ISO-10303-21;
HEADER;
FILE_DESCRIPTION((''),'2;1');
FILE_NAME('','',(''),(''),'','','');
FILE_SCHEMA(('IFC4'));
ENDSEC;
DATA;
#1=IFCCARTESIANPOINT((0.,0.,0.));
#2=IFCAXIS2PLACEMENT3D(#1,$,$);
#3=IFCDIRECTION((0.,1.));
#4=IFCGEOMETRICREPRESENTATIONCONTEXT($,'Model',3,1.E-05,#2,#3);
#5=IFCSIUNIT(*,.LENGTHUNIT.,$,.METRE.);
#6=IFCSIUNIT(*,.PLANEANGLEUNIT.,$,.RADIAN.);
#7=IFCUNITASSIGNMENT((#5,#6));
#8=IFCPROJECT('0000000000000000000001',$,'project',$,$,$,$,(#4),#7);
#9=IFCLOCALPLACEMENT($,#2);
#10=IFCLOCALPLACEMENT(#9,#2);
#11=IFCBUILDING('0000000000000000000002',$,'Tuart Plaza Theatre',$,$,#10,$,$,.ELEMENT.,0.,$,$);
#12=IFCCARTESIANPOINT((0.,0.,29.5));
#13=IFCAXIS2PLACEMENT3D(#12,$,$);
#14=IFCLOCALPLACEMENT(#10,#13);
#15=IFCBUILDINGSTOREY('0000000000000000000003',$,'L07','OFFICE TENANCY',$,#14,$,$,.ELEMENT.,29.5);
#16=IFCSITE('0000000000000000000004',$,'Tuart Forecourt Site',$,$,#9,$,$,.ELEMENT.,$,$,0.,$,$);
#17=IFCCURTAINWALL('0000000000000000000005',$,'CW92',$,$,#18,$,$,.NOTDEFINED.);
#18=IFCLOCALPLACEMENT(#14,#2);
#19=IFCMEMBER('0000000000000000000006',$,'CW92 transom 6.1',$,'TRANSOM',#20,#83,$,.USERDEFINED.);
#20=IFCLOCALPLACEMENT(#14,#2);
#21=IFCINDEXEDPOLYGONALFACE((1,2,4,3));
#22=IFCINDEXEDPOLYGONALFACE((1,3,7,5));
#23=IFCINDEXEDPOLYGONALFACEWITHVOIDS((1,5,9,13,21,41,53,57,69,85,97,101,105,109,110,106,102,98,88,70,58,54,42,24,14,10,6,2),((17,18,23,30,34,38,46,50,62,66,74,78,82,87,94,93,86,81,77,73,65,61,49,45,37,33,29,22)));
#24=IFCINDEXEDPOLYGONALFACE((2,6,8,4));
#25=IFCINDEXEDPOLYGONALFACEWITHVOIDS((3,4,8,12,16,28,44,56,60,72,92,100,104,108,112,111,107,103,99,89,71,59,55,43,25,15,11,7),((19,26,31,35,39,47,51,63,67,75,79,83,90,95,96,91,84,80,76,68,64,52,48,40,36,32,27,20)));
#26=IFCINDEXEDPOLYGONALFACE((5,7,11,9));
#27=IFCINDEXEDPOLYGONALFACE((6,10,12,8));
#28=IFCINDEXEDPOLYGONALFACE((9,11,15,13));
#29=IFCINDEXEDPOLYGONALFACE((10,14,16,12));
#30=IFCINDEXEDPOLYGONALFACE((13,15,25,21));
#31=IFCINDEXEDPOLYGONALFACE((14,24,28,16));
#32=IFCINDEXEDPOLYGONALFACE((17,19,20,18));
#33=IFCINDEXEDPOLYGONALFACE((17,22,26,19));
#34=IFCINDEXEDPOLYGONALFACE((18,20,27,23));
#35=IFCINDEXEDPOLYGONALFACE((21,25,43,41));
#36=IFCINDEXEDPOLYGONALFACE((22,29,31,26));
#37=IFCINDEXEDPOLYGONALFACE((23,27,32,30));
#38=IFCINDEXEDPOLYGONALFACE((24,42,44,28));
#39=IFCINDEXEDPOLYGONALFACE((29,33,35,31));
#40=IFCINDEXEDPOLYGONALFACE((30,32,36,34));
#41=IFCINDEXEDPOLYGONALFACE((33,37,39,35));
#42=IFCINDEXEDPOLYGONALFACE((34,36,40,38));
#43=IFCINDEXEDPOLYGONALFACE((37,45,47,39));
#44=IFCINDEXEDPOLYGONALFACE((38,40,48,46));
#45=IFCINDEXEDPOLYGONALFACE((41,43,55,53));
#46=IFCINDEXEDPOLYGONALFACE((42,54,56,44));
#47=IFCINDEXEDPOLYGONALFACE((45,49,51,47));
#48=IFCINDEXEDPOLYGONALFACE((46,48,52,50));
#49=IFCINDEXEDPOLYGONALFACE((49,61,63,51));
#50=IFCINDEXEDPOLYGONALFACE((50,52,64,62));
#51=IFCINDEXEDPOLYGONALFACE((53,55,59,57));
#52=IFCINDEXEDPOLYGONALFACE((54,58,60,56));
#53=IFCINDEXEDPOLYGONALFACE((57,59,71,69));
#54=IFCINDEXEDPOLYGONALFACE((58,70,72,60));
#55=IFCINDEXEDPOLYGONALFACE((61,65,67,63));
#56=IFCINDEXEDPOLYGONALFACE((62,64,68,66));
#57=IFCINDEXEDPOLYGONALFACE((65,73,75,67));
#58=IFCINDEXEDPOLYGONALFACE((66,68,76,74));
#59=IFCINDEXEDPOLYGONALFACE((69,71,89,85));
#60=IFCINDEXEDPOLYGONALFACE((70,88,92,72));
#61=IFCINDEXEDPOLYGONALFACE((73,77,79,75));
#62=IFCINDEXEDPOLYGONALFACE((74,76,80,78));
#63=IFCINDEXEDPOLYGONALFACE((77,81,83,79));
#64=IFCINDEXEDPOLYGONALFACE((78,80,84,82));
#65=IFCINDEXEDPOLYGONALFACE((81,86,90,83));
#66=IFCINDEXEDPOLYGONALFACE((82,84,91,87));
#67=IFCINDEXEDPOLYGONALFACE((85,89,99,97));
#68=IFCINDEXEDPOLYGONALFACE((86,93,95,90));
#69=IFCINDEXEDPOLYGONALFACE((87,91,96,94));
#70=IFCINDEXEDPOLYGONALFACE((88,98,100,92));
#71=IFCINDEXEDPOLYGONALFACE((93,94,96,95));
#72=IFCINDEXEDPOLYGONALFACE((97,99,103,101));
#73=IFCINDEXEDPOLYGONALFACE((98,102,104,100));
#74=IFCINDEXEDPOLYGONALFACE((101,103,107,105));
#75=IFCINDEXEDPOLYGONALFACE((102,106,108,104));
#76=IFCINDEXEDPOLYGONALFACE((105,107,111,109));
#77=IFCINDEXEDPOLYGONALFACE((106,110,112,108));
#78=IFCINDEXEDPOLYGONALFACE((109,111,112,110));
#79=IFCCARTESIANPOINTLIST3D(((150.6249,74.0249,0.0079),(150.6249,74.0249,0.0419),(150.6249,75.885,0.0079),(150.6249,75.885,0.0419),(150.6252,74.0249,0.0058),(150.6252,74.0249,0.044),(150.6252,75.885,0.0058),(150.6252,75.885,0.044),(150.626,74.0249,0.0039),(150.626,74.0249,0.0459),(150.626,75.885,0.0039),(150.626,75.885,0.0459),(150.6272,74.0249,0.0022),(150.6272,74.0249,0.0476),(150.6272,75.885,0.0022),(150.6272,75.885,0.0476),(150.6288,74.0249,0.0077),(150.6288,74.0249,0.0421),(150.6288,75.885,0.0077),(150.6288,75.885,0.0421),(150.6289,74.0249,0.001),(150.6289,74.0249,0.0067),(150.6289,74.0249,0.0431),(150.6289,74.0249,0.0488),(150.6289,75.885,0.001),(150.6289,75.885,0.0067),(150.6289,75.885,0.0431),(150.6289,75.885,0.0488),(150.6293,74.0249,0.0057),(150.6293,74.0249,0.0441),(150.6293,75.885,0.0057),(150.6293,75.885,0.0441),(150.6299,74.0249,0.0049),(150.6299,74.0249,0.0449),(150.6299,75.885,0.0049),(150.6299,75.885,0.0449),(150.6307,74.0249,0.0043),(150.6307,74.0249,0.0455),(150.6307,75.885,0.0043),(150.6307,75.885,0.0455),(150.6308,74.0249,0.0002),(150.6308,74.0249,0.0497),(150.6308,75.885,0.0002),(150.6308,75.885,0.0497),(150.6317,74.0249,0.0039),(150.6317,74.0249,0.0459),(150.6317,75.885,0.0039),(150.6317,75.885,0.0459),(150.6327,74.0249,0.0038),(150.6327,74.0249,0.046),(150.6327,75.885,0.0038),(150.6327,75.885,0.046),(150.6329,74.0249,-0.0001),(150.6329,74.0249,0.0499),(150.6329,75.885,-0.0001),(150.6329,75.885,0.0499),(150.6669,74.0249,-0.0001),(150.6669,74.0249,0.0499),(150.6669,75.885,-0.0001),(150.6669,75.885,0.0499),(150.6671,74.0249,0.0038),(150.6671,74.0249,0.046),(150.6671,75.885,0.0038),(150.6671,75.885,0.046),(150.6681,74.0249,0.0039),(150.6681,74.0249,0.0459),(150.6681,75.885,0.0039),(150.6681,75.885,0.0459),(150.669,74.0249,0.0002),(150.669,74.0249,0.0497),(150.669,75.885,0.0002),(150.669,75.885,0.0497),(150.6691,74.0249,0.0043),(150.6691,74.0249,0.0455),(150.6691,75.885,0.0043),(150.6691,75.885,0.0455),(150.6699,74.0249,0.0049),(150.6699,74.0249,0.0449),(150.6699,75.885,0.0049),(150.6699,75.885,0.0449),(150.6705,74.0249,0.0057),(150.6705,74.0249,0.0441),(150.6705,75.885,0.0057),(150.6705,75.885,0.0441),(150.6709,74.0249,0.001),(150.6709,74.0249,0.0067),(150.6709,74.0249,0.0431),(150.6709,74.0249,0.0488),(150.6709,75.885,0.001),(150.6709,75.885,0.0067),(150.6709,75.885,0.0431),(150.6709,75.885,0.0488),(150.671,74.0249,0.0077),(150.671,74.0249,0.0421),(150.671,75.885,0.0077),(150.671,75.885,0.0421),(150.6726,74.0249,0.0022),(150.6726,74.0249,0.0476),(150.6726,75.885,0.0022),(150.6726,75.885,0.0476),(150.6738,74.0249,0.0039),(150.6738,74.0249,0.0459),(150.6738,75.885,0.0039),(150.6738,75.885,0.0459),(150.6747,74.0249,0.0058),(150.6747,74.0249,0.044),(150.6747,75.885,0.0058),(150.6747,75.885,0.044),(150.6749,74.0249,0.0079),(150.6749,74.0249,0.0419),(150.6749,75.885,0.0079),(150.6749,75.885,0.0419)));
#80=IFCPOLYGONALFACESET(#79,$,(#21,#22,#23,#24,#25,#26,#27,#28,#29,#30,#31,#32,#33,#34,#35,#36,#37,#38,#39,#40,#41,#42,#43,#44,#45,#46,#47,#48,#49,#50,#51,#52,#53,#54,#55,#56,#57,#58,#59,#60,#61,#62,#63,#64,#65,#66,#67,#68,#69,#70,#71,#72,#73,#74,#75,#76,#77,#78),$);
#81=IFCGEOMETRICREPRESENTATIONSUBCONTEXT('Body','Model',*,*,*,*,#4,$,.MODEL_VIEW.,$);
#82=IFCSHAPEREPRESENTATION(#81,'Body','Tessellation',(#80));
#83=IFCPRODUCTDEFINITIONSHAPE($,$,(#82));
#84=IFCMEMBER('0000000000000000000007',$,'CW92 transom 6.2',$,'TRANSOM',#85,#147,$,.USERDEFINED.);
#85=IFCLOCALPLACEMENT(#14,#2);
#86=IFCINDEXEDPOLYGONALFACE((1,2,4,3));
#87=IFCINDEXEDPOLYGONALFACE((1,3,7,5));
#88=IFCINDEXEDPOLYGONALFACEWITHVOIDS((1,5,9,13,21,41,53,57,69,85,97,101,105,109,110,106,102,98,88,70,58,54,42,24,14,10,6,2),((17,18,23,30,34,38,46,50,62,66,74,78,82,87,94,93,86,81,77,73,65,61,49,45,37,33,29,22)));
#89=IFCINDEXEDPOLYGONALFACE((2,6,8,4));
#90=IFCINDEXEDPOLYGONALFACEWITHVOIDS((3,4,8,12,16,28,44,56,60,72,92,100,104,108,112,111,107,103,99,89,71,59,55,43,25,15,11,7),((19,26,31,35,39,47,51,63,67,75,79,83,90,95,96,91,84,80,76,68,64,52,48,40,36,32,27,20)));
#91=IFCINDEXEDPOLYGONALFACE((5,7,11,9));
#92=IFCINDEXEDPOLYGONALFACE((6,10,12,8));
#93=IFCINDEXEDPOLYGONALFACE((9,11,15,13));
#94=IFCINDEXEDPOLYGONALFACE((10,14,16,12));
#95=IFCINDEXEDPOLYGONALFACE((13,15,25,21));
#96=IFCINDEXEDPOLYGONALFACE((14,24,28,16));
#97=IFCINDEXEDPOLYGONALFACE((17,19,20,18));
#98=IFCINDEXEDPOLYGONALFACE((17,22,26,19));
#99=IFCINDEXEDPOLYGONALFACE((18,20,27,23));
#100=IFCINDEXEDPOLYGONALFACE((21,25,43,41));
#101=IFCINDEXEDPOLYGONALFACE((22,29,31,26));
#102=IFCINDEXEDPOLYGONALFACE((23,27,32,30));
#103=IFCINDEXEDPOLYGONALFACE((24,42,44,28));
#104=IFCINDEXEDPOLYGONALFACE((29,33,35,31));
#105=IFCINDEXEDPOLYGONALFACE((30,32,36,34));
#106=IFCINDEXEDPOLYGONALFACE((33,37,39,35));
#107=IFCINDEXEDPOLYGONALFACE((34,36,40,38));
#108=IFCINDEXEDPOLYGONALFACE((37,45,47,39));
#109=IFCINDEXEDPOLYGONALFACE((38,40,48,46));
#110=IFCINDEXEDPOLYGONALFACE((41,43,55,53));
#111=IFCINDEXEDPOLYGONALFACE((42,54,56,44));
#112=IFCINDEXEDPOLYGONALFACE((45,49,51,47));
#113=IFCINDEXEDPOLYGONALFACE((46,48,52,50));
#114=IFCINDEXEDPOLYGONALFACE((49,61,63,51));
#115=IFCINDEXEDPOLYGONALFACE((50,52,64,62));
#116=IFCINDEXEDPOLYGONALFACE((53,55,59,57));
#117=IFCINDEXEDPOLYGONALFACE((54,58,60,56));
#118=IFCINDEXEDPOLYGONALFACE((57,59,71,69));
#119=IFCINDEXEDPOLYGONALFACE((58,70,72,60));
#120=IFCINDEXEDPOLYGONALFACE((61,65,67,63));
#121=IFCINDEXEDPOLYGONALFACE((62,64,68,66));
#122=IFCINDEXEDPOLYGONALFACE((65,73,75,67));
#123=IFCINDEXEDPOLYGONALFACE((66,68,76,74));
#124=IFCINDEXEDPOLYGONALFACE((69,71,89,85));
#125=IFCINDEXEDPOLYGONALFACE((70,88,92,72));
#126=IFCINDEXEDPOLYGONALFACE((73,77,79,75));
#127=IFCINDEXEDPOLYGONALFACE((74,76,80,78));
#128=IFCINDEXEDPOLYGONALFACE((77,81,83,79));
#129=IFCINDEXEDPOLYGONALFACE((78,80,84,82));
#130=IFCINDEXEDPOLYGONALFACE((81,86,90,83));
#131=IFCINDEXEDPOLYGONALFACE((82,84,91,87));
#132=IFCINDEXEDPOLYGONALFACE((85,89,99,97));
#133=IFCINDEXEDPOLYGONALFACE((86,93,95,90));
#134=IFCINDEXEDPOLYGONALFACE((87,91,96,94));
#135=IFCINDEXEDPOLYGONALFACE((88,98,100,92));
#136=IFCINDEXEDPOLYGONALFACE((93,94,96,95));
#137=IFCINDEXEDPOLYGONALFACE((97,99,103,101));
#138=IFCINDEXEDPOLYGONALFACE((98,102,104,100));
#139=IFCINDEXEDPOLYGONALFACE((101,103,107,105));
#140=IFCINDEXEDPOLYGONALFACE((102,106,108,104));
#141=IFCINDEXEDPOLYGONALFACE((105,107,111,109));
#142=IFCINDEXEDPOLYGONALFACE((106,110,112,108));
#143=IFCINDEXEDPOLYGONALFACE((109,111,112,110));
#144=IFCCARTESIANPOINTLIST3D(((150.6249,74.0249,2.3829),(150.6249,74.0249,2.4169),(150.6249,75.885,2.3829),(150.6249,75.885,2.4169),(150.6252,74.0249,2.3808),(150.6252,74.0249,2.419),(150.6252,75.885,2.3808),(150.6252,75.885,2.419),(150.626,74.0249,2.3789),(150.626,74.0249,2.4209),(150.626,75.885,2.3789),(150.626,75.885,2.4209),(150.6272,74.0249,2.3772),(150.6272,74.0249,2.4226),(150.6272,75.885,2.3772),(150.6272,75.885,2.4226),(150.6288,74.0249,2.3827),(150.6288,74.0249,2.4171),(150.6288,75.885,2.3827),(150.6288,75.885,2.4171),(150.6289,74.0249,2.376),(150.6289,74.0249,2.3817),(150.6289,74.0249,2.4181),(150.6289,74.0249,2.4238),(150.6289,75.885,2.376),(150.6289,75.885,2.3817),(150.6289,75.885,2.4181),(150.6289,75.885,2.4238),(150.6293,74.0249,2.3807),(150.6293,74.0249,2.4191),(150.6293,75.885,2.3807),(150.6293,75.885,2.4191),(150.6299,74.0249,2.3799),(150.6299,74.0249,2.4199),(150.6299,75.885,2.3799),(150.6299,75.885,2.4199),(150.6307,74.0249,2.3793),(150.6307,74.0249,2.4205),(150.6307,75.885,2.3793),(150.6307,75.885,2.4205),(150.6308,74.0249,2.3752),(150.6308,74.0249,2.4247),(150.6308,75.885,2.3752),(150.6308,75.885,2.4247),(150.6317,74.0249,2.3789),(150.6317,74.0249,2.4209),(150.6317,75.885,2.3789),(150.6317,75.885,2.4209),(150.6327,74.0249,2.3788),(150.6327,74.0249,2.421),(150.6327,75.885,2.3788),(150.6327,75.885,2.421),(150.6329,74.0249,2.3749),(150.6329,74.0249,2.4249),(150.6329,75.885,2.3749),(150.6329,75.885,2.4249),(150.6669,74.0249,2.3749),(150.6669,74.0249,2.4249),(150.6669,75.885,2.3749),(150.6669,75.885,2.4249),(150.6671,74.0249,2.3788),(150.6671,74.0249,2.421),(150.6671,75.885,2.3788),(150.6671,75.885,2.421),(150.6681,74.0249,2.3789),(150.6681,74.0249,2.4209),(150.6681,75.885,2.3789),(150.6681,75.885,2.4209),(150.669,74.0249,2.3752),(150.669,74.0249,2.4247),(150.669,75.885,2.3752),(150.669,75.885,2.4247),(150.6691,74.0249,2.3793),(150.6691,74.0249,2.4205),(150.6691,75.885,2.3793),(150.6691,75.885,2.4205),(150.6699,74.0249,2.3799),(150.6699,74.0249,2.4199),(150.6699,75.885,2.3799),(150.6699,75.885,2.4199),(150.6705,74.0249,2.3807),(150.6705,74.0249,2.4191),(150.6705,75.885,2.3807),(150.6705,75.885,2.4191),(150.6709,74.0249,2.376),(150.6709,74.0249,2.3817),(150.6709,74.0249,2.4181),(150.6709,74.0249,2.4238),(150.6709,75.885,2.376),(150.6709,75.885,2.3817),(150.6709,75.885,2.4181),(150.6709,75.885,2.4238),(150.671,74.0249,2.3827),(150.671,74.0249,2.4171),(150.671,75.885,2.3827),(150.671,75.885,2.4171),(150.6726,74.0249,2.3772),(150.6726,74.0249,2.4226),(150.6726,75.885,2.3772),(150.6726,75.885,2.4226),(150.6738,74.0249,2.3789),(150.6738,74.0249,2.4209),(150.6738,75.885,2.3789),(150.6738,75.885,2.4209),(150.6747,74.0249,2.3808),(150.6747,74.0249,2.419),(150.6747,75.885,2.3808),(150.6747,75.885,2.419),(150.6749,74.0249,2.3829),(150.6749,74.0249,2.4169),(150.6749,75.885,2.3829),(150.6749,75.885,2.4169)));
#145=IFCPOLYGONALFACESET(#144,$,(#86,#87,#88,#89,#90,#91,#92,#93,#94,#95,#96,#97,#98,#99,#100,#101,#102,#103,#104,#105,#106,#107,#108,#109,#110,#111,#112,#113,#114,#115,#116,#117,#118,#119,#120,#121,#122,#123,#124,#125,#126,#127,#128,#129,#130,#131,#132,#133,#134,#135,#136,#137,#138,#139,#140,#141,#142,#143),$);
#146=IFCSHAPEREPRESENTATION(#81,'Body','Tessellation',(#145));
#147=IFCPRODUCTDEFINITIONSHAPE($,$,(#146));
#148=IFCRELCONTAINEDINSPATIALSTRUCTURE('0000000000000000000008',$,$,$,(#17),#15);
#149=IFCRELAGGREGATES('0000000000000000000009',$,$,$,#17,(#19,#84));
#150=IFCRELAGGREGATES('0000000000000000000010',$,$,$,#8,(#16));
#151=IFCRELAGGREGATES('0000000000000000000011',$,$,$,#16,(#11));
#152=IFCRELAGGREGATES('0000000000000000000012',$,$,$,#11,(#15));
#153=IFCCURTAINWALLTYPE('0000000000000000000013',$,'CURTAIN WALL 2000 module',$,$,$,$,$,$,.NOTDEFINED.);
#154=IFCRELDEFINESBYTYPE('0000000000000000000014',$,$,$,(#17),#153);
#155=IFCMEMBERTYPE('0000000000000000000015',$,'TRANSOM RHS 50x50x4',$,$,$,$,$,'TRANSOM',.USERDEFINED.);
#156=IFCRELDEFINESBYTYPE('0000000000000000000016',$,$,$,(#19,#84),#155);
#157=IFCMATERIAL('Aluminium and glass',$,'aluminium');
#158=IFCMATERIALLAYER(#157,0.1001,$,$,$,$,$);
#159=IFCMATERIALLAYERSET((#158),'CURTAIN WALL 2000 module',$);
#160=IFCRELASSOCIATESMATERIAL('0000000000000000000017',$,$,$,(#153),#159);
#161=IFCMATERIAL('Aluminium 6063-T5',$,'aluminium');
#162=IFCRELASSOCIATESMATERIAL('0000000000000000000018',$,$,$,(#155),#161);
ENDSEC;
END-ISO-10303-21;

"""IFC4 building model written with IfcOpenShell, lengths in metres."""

from ifc_helpers import new_model, si_unit, direction, frame, origin, origin_2d, place, context, subcontext, project, spatial, hollow_rectangle, extrude, material, layer, layer_set, material_profile, profile_set, type_object, element, aggregate, save


model = new_model("IFC4")

# Units and contexts
model_context = context("Model", 3, precision=1e-05, world=origin(), true_north=direction((0.0, 1.0)))
body_context = subcontext(model_context, "Body", "Model", "MODEL_VIEW")
ifc_project = project(units=[si_unit("LENGTHUNIT", "METRE"), si_unit("PLANEANGLEUNIT", "RADIAN")], contexts=[model_context])

# Site, building, storey
site_placement = place(None, origin())
site = spatial("IfcSite", under=ifc_project, at=site_placement, Name="Tuart Forecourt Site", CompositionType="ELEMENT", RefElevation=0.0)
building_placement = place(site_placement, origin())
building = spatial("IfcBuilding", under=site, at=building_placement, Name="Tuart Plaza Theatre", CompositionType="ELEMENT", ElevationOfRefHeight=0.0)
storey_placement = place(building_placement, frame((0.0, 0.0, 29.5)))
storey = spatial("IfcBuildingStorey", under=building, at=storey_placement, Name="L07", Description="OFFICE TENANCY", CompositionType="ELEMENT", Elevation=29.5)

# Curtain wall
ifc_material_1 = material(Name="Aluminium and glass", Category="aluminium")
ifc_layer_1 = layer(ifc_material_1, 0.1001)
ifc_layer_set_1 = layer_set([ifc_layer_1], Name="CURTAIN WALL 2000 module")
curtain_wall_type = type_object("IfcCurtainWallType", Name="CURTAIN WALL 2000 module", PredefinedType="NOTDEFINED", material=ifc_layer_set_1)
curtain_wall_1_placement = place(storey_placement, origin())
curtain_wall_1 = element("IfcCurtainWall", 1, at=curtain_wall_1_placement, inside=storey, type_object=curtain_wall_type, Name="CW92", PredefinedType="NOTDEFINED")

# Members
ifc_material_2 = material(Name="Aluminium 6063-T5", Category="aluminium")
ifc_material_profile_1 = material_profile(ifc_material_2, hollow_rectangle(XDim=0.05, YDim=0.05, WallThickness=0.0039, InnerFilletRadius=0.0039, OuterFilletRadius=0.0081, at=origin_2d()), Name="RHS 50x50x4")
ifc_profile_set_1 = profile_set([ifc_material_profile_1], Name="Aluminium 6063-T5")
member_type_1 = type_object("IfcMemberType", Name="TRANSOM RHS 50x50x4", ElementType="TRANSOM", PredefinedType="USERDEFINED", material=ifc_profile_set_1)
member_1_placement = place(storey_placement, frame((150.6499, 74.0249, 0.0249), z_axis=(0.0, 1.0, 0.0), x_axis=(-1.0, 0.0, 0.0)))
member_1 = element("IfcMember", 2, at=member_1_placement, type_object=member_type_1, Name="CW92 transom 6.1", ObjectType="TRANSOM", PredefinedType="USERDEFINED", context=body_context, shape_type="SweptSolid", body=[
    extrude(hollow_rectangle(XDim=0.05, YDim=0.05, WallThickness=0.0039, InnerFilletRadius=0.0039, OuterFilletRadius=0.0081, at=origin_2d()), origin(), (0.0, 0.0, 1.0), 1.8601),
])
member_2_placement = place(storey_placement, frame((150.6499, 74.0249, 2.3999), z_axis=(0.0, 1.0, 0.0), x_axis=(-1.0, 0.0, 0.0)))
member_2 = element("IfcMember", 3, at=member_2_placement, type_object=member_type_1, Name="CW92 transom 6.2", ObjectType="TRANSOM", PredefinedType="USERDEFINED", context=body_context, shape_type="SweptSolid", body=[
    extrude(hollow_rectangle(XDim=0.05, YDim=0.05, WallThickness=0.0039, InnerFilletRadius=0.0039, OuterFilletRadius=0.0081, at=origin_2d()), origin(), (0.0, 0.0, 1.0), 1.8601),
])

aggregate(curtain_wall_1, [member_1, member_2])

save(model, "model.ifc")
